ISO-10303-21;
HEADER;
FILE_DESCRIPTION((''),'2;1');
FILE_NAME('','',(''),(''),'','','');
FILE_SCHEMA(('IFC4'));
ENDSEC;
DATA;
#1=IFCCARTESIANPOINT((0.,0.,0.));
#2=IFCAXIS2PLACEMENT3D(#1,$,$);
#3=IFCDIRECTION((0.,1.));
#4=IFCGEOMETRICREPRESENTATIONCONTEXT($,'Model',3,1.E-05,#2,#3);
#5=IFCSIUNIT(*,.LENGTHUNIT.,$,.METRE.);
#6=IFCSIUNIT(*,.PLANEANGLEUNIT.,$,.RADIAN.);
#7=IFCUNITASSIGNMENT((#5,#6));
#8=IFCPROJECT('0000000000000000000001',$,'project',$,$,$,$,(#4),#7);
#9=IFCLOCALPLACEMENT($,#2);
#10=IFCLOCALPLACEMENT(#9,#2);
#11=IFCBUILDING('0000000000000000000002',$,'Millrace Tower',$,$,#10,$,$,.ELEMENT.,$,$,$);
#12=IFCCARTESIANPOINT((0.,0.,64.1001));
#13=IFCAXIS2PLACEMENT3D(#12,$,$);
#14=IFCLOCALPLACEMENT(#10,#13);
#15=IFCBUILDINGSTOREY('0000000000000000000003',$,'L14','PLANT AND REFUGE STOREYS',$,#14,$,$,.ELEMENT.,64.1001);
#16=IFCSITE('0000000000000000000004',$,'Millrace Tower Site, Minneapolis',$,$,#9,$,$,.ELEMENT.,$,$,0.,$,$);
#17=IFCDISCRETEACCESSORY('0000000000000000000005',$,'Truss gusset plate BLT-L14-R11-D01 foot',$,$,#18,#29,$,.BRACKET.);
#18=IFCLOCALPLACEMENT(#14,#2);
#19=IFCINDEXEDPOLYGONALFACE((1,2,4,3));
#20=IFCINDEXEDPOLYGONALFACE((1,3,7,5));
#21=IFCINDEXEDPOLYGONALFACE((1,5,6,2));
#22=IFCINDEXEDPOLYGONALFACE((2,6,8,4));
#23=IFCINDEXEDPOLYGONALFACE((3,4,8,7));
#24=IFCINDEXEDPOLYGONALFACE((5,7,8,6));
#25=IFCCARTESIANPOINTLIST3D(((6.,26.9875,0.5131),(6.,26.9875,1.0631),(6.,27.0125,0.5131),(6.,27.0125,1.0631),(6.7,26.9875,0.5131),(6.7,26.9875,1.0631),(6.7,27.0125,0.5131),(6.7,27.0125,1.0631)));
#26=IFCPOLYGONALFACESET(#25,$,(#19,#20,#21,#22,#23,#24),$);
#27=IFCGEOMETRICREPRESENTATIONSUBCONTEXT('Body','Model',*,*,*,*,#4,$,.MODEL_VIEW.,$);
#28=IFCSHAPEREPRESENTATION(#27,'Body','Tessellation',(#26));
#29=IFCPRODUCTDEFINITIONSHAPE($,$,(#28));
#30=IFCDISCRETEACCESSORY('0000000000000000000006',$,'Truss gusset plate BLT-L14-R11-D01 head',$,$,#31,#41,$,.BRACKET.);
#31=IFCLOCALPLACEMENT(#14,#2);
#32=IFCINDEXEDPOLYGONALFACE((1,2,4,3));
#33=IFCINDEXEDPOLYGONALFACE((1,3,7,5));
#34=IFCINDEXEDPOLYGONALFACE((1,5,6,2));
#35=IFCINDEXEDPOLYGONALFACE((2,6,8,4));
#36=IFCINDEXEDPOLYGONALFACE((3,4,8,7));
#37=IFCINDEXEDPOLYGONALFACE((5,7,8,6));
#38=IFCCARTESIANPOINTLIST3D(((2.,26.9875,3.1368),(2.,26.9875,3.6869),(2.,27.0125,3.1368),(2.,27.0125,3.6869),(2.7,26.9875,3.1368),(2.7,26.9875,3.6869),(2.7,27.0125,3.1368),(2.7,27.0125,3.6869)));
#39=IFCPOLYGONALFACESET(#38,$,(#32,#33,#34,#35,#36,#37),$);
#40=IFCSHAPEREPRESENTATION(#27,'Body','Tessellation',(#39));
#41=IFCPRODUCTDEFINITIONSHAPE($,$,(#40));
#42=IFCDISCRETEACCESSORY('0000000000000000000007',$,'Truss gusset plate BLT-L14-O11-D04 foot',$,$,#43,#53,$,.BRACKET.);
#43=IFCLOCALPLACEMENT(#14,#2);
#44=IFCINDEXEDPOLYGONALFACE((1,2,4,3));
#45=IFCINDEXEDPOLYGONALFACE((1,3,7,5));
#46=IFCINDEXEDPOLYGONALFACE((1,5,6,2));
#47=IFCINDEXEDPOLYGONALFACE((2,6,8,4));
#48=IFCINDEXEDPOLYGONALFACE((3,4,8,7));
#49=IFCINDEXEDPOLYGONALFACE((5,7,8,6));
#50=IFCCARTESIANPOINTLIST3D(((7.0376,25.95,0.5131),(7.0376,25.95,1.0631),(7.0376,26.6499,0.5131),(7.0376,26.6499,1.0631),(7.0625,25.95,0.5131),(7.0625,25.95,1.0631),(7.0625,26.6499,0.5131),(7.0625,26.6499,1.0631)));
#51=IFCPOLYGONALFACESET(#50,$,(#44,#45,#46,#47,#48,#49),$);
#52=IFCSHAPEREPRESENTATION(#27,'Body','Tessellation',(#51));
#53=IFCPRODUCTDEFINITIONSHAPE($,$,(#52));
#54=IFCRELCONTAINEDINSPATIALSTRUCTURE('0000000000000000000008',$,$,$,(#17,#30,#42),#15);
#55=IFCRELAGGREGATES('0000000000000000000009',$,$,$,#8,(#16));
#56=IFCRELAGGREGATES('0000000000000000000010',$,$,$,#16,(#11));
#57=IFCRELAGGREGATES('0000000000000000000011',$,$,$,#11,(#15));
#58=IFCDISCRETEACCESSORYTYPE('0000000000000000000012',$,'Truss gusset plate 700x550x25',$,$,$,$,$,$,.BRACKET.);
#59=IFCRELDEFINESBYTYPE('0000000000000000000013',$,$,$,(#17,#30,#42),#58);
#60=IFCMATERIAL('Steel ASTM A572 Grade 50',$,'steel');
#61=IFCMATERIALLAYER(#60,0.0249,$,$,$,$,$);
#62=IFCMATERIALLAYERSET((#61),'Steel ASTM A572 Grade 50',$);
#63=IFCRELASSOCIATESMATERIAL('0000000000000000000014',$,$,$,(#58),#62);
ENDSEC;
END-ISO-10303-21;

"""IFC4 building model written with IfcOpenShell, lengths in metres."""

from ifc_helpers import new_model, si_unit, direction, frame, origin, origin_2d, place, context, subcontext, project, spatial, rectangle, extrude, material, layer, layer_set, type_object, element, save


model = new_model("IFC4")

# Units and contexts
model_context = context("Model", 3, precision=1e-05, world=origin(), true_north=direction((0.0, 1.0)))
body_context = subcontext(model_context, "Body", "Model", "MODEL_VIEW")
ifc_project = project(units=[si_unit("LENGTHUNIT", "METRE"), si_unit("PLANEANGLEUNIT", "RADIAN")], contexts=[model_context])

# Site, building, storey
site_placement = place(None, origin())
site = spatial("IfcSite", under=ifc_project, at=site_placement, Name="Millrace Tower Site, Minneapolis", CompositionType="ELEMENT", RefElevation=0.0)
building_placement = place(site_placement, origin())
building = spatial("IfcBuilding", under=site, at=building_placement, Name="Millrace Tower", CompositionType="ELEMENT")
storey_placement = place(building_placement, frame((0.0, 0.0, 64.1001)))
storey = spatial("IfcBuildingStorey", under=building, at=storey_placement, Name="L14", Description="PLANT AND REFUGE STOREYS", CompositionType="ELEMENT", Elevation=64.1001)

# Discrete accessories
ifc_material_1 = material(Name="Steel ASTM A572 Grade 50", Category="steel")
ifc_layer_1 = layer(ifc_material_1, 0.0249)
ifc_layer_set_1 = layer_set([ifc_layer_1], Name="Steel ASTM A572 Grade 50")
discrete_accessory_type_1 = type_object("IfcDiscreteAccessoryType", Name="Truss gusset plate 700x550x25", PredefinedType="BRACKET", material=ifc_layer_set_1)
for number, where, z_axis, x_axis, name in (
    (1, (6.0, 27.0, 0.7881), (1.0, 0.0, 0.0), (0.0, 1.0, 0.0), "Truss gusset plate BLT-L14-R11-D01 foot"),
    (2, (2.0, 27.0, 3.4119), (1.0, 0.0, 0.0), (0.0, 1.0, 0.0), "Truss gusset plate BLT-L14-R11-D01 head"),
    (3, (7.05, 25.95, 0.7881), (0.0, 1.0, 0.0), (-1.0, 0.0, 0.0), "Truss gusset plate BLT-L14-O11-D04 foot"),
):
    element("IfcDiscreteAccessory", number, at=place(storey_placement, frame(where, z_axis=z_axis, x_axis=x_axis)), inside=storey, type_object=discrete_accessory_type_1, Name=name, PredefinedType="BRACKET", context=body_context, shape_type="SweptSolid", body=[
        extrude(rectangle(XDim=0.0249, YDim=0.55, at=origin_2d()), origin(), (0.0, 0.0, 1.0), 0.7),
    ])

save(model, "model.ifc")
